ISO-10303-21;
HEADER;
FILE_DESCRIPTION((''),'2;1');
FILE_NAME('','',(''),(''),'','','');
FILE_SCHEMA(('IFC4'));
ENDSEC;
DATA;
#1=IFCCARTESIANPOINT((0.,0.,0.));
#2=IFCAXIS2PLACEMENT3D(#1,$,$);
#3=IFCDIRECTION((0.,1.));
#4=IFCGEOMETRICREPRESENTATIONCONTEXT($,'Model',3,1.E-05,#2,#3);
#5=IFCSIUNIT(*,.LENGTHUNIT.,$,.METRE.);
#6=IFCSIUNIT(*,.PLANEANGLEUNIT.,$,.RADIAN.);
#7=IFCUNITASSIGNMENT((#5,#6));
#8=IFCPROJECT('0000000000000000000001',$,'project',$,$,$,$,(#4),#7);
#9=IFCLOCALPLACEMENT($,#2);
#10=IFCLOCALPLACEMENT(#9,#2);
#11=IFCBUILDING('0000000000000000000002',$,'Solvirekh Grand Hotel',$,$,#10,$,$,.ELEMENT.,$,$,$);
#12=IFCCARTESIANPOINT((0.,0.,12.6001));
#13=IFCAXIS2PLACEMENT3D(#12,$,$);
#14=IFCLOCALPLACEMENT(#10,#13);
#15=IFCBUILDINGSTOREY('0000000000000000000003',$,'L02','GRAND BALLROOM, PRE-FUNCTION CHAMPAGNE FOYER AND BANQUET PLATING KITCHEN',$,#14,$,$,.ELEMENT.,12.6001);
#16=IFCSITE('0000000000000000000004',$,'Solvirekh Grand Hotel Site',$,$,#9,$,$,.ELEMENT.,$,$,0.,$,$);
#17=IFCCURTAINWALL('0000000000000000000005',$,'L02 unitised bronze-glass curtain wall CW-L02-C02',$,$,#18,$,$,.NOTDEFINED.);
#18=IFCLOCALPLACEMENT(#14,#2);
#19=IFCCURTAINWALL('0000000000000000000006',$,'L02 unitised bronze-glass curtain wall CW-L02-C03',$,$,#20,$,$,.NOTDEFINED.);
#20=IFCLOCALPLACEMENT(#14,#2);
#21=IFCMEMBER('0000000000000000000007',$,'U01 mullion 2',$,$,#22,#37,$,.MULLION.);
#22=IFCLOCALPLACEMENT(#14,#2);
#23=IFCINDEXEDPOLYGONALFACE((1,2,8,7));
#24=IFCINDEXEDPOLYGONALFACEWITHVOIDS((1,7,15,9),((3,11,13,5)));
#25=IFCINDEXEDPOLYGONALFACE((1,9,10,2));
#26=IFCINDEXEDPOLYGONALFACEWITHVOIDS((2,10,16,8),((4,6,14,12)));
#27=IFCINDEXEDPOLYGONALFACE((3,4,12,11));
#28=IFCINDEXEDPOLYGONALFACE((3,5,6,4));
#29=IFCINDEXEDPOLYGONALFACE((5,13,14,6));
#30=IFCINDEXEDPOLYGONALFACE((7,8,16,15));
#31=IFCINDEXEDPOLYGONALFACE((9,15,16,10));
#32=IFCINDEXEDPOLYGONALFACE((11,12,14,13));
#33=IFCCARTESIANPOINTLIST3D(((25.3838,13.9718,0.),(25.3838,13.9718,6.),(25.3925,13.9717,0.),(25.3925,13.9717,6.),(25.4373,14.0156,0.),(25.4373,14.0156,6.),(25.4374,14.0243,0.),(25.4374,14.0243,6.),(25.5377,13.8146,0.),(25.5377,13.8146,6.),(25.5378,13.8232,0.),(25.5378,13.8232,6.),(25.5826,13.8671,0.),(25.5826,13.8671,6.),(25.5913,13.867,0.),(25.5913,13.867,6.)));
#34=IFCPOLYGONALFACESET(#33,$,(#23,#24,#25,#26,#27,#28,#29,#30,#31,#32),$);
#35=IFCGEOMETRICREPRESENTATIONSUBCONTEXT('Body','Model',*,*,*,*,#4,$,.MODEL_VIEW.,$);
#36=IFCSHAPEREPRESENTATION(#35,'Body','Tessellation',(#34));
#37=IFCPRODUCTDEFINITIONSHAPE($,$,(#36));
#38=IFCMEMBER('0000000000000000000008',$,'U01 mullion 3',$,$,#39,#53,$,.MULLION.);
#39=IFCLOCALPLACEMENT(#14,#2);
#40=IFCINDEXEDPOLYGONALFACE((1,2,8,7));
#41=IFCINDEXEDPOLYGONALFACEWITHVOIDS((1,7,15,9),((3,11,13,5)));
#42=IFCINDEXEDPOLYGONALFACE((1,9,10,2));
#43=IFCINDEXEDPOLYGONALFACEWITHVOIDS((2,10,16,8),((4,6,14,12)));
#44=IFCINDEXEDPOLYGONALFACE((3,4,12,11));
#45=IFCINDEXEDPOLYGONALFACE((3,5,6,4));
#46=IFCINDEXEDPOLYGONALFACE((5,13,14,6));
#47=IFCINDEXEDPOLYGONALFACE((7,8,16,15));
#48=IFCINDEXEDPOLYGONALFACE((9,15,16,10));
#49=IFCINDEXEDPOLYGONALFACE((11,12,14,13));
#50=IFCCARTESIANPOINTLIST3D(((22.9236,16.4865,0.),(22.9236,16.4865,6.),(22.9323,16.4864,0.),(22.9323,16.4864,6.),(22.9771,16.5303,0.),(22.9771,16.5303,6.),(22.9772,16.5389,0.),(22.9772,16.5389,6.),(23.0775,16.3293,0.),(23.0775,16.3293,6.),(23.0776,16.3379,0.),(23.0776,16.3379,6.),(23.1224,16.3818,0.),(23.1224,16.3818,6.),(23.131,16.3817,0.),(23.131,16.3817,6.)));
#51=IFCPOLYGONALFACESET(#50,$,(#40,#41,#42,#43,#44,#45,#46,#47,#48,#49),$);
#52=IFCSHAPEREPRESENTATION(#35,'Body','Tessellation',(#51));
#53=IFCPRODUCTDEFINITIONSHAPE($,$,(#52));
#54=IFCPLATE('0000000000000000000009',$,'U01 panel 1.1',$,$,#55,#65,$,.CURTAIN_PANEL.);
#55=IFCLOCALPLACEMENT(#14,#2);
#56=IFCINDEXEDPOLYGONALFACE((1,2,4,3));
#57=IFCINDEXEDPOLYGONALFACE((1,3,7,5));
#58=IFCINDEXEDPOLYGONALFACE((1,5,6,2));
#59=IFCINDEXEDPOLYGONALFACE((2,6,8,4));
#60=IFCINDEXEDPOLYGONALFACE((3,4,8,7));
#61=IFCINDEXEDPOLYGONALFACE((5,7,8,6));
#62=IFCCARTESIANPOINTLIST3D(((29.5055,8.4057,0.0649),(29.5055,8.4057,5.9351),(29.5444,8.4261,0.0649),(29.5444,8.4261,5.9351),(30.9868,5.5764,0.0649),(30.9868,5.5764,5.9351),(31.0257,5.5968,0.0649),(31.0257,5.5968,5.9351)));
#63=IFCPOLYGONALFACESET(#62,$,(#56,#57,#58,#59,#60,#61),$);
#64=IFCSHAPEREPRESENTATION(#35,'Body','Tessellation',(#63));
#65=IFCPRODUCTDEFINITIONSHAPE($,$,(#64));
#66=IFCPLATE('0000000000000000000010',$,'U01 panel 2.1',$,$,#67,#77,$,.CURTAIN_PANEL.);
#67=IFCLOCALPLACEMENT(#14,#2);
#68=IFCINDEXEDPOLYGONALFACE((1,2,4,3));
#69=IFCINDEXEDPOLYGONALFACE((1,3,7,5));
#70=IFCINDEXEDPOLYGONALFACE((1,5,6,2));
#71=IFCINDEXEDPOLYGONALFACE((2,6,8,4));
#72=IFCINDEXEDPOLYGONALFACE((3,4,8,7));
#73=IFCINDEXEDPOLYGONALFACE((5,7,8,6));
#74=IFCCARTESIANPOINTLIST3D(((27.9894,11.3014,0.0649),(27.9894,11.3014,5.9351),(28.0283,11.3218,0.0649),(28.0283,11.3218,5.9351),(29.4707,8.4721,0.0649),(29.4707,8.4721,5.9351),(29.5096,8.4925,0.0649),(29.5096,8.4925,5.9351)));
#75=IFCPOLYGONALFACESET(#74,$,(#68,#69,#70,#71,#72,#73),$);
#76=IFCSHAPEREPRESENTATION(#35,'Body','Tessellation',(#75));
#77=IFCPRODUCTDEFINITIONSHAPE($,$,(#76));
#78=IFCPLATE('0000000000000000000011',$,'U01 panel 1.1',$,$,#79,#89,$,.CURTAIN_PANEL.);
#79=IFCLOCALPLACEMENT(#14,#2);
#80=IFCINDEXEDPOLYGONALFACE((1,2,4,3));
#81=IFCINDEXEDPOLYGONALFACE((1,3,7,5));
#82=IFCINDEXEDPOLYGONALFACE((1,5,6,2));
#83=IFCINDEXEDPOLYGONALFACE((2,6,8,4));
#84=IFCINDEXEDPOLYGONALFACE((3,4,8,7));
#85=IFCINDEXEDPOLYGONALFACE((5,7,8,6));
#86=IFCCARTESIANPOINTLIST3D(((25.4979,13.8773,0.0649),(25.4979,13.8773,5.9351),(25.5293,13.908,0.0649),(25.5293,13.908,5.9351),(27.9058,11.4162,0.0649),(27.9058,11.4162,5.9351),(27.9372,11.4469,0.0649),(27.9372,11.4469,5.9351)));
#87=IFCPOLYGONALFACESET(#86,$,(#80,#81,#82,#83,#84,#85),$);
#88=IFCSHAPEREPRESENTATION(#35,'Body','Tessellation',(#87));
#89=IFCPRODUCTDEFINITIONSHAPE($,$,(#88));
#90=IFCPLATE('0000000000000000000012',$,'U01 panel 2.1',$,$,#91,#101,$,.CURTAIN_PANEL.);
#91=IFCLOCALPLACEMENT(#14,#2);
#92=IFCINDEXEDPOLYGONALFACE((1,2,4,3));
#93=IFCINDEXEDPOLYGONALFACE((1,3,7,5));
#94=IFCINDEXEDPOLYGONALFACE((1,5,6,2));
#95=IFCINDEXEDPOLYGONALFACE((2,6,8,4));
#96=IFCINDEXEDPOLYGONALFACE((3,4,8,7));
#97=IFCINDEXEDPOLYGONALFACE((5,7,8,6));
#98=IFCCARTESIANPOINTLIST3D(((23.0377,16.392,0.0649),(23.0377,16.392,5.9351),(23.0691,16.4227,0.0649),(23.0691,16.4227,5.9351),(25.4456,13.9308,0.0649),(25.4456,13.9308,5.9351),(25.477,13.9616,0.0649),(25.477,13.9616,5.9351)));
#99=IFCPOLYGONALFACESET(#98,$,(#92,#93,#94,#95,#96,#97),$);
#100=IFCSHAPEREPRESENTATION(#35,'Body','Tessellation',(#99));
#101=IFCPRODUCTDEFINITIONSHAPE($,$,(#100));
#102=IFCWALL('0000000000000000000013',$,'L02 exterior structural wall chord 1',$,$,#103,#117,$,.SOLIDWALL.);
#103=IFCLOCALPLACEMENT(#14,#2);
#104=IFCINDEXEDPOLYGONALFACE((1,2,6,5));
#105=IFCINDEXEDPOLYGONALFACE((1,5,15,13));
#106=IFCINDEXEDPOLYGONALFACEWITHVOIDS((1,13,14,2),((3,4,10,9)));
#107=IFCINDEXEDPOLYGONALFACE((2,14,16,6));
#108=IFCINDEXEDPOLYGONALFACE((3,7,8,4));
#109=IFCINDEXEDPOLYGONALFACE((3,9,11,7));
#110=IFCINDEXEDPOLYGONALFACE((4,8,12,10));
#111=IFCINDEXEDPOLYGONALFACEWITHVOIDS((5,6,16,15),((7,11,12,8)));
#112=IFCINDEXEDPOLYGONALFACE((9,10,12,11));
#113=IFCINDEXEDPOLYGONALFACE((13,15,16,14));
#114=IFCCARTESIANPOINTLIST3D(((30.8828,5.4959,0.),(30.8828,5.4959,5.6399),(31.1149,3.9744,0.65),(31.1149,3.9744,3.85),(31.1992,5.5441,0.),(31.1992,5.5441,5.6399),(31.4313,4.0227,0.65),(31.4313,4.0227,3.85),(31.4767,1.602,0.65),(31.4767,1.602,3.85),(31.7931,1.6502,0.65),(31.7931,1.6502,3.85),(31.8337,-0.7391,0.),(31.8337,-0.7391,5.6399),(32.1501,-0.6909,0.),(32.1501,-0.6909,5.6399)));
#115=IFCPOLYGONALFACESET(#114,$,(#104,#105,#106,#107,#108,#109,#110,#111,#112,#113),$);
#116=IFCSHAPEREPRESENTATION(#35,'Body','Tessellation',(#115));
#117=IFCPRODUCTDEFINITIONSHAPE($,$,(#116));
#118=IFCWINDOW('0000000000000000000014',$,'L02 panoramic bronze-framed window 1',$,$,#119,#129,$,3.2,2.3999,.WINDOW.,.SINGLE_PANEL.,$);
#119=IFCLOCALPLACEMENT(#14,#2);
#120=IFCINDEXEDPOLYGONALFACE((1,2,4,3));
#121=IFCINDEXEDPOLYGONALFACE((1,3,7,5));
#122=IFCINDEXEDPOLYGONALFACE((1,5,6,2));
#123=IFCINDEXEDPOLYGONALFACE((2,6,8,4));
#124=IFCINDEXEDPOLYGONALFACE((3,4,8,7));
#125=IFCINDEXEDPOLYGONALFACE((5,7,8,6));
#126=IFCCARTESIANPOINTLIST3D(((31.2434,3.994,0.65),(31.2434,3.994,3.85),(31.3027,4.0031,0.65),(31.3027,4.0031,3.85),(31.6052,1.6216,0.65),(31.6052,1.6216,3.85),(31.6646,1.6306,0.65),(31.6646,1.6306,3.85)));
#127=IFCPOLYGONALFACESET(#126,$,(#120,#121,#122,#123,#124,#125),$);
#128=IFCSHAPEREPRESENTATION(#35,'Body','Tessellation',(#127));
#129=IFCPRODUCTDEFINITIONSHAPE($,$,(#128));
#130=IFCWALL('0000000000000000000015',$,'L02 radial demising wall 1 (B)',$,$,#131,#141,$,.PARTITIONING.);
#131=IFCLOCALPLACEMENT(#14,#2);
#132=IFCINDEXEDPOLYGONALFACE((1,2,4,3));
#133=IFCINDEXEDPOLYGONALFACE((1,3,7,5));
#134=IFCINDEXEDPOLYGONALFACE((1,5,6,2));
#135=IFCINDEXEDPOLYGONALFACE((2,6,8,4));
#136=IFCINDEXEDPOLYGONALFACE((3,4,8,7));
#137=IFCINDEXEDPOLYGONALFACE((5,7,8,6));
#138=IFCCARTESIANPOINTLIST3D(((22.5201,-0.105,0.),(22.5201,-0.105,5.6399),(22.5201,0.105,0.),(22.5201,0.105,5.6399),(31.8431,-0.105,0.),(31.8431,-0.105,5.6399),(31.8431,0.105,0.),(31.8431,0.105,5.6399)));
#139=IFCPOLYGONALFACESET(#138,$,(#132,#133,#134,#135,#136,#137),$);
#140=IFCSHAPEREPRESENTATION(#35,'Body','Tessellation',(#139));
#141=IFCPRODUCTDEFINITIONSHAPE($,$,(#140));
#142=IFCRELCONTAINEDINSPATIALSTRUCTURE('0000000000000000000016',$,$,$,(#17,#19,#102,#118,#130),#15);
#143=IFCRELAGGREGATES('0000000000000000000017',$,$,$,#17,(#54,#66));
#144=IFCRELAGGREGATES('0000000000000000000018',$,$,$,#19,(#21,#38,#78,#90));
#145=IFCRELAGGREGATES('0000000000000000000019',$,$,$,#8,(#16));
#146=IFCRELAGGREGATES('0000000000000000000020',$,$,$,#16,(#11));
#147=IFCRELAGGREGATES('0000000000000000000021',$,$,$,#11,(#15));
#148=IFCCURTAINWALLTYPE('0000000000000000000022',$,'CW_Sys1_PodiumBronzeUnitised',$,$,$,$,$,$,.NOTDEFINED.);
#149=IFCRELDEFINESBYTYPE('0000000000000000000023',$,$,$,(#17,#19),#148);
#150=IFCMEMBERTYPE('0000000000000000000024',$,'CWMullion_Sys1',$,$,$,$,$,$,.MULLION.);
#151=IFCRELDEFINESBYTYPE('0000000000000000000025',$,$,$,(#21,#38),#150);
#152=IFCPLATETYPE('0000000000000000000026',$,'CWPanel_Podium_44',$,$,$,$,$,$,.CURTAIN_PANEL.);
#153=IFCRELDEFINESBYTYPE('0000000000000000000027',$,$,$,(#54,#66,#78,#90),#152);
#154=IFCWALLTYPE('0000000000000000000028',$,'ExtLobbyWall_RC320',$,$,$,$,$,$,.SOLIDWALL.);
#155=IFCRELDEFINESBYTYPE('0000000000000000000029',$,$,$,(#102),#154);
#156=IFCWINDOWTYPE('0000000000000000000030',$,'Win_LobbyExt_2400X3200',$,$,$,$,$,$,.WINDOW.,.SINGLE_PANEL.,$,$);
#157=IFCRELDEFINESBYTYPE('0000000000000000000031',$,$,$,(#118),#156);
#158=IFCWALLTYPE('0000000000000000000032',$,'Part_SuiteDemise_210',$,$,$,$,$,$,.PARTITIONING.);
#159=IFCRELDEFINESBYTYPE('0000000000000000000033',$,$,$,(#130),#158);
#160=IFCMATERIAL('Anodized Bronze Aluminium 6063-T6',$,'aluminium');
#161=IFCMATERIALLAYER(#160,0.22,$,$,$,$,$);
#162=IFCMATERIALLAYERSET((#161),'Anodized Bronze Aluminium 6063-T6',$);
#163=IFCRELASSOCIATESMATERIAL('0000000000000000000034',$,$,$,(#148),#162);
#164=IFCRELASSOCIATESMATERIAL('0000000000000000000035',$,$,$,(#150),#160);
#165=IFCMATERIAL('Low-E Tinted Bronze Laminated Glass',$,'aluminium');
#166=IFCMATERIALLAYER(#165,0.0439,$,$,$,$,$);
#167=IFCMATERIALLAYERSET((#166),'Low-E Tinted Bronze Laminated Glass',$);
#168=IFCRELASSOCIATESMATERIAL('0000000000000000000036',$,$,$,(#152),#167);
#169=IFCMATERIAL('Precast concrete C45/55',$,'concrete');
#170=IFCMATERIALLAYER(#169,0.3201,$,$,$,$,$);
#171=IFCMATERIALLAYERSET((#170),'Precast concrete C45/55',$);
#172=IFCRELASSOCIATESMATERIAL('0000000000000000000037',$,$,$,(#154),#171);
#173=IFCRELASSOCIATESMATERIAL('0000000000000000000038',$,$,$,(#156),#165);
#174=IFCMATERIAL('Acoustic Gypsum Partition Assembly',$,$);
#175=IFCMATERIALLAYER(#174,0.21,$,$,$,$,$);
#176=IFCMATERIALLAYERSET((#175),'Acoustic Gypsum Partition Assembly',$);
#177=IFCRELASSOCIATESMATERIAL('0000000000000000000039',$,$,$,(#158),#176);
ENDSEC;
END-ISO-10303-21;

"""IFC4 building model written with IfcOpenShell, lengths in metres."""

from ifc_helpers import new_model, si_unit, direction, frame, frame_2d, origin, origin_2d, place, context, subcontext, project, spatial, rectangle, hollow_rectangle, extrude, source, transform, mapped, material, layer, layer_set, material_profile, profile_set, type_object, element, fill, aggregate, save


model = new_model("IFC4")

# Units and contexts
model_context = context("Model", 3, precision=1e-05, world=origin(), true_north=direction((0.0, 1.0)))
body_context = subcontext(model_context, "Body", "Model", "MODEL_VIEW")
ifc_project = project(units=[si_unit("LENGTHUNIT", "METRE"), si_unit("PLANEANGLEUNIT", "RADIAN")], contexts=[model_context])

# Site, building, storey
site_placement = place(None, origin())
site = spatial("IfcSite", under=ifc_project, at=site_placement, Name="Solvirekh Grand Hotel Site", CompositionType="ELEMENT", RefElevation=0.0)
building_placement = place(site_placement, origin())
building = spatial("IfcBuilding", under=site, at=building_placement, Name="Solvirekh Grand Hotel", CompositionType="ELEMENT")
storey_placement = place(building_placement, frame((0.0, 0.0, 12.6001)))
storey = spatial("IfcBuildingStorey", under=building, at=storey_placement, Name="L02", Description="GRAND BALLROOM, PRE-FUNCTION CHAMPAGNE FOYER AND BANQUET PLATING KITCHEN", CompositionType="ELEMENT", Elevation=12.6001)

# Curtain walls
ifc_material_1 = material(Name="Anodized Bronze Aluminium 6063-T6", Category="aluminium")
ifc_layer_1 = layer(ifc_material_1, 0.22)
ifc_layer_set_1 = layer_set([ifc_layer_1], Name="Anodized Bronze Aluminium 6063-T6")
curtain_wall_type = type_object("IfcCurtainWallType", Name="CW_Sys1_PodiumBronzeUnitised", PredefinedType="NOTDEFINED", material=ifc_layer_set_1)
curtain_wall_1_placement = place(storey_placement, origin())
curtain_wall_1 = element("IfcCurtainWall", 1, at=curtain_wall_1_placement, inside=storey, type_object=curtain_wall_type, Name="L02 unitised bronze-glass curtain wall CW-L02-C02", PredefinedType="NOTDEFINED")
curtain_wall_2_placement = place(storey_placement, origin())
curtain_wall_2 = element("IfcCurtainWall", 2, at=curtain_wall_2_placement, inside=storey, type_object=curtain_wall_type, Name="L02 unitised bronze-glass curtain wall CW-L02-C03", PredefinedType="NOTDEFINED")

# Members
ifc_material_profile_1 = material_profile(ifc_material_1, hollow_rectangle(XDim=0.075, YDim=0.22, WallThickness=0.0061, at=origin_2d()), Name="ALU RHS 220X75X6")
ifc_profile_set_1 = profile_set([ifc_material_profile_1], Name="Anodized Bronze Aluminium 6063-T6")
member_type_1 = type_object("IfcMemberType", Name="CWMullion_Sys1", PredefinedType="MULLION", material=ifc_profile_set_1)
shared_shape_1 = source(origin(), body_context, "Body", "SweptSolid", [
    extrude(hollow_rectangle(XDim=0.075, YDim=0.22, WallThickness=0.0061, at=origin_2d()), origin(), (0.0, 0.0, 1.0), 6.0),
])
member_1_placement = place(storey_placement, frame((25.4875, 13.9194, 0.0), z_axis=(0.0, 0.0, 1.0), x_axis=(-0.714799, -0.69933, 0.0)))
member_1 = element("IfcMember", 3, at=member_1_placement, type_object=member_type_1, Name="U01 mullion 2", PredefinedType="MULLION", context=body_context, shape_type="MappedRepresentation", body=[
    mapped(shared_shape_1, transform((0.0, 0.0, 0.0), x_axis=(1.0, 0.0, 0.0), y_axis=(0.0, 1.0, 0.0), z_axis=(0.0, 0.0, 1.0), scale=1.0)),
])
member_2_placement = place(storey_placement, frame((23.0273, 16.4341, 0.0), z_axis=(0.0, 0.0, 1.0), x_axis=(-0.714799, -0.69933, 0.0)))
member_2 = element("IfcMember", 4, at=member_2_placement, type_object=member_type_1, Name="U01 mullion 3", PredefinedType="MULLION", context=body_context, shape_type="MappedRepresentation", body=[
    mapped(shared_shape_1, transform((0.0, 0.0, 0.0), x_axis=(1.0, 0.0, 0.0), y_axis=(0.0, 1.0, 0.0), z_axis=(0.0, 0.0, 1.0), scale=1.0)),
])

# Plates
ifc_material_2 = material(Name="Low-E Tinted Bronze Laminated Glass", Category="aluminium")
ifc_layer_2 = layer(ifc_material_2, 0.0439)
ifc_layer_set_2 = layer_set([ifc_layer_2], Name="Low-E Tinted Bronze Laminated Glass")
plate_type = type_object("IfcPlateType", Name="CWPanel_Podium_44", PredefinedType="CURTAIN_PANEL", material=ifc_layer_set_2)
shared_shape_2 = source(origin(), body_context, "Body", "SweptSolid", [
    extrude(rectangle(XDim=3.1936, YDim=0.0439, at=origin_2d()), origin(), (0.0, 0.0, 1.0), 5.8701),
])
plate_1_placement = place(storey_placement, frame((30.2656, 7.0012, 0.0649), z_axis=(0.0, 0.0, 1.0), x_axis=(-0.463832, 0.885923, 0.0)))
plate_1 = element("IfcPlate", 5, at=plate_1_placement, type_object=plate_type, Name="U01 panel 1.1", PredefinedType="CURTAIN_PANEL", context=body_context, shape_type="MappedRepresentation", body=[
    mapped(shared_shape_2, transform((0.0, 0.0, 0.0), x_axis=(1.0, 0.0, 0.0), y_axis=(0.0, 1.0, 0.0), z_axis=(0.0, 0.0, 1.0), scale=1.0)),
])
plate_2_placement = place(storey_placement, frame((28.7495, 9.897, 0.0649), z_axis=(0.0, 0.0, 1.0), x_axis=(-0.463832, 0.885923, 0.0)))
plate_2 = element("IfcPlate", 6, at=plate_2_placement, type_object=plate_type, Name="U01 panel 2.1", PredefinedType="CURTAIN_PANEL", context=body_context, shape_type="MappedRepresentation", body=[
    mapped(shared_shape_2, transform((0.0, 0.0, 0.0), x_axis=(1.0, 0.0, 0.0), y_axis=(0.0, 1.0, 0.0), z_axis=(0.0, 0.0, 1.0), scale=1.0)),
])
aggregate(curtain_wall_1, [plate_1, plate_2])
shared_shape_3 = source(origin(), body_context, "Body", "SweptSolid", [
    extrude(rectangle(XDim=3.4431, YDim=0.0439, at=origin_2d()), origin(), (0.0, 0.0, 1.0), 5.8701),
])
plate_3_placement = place(storey_placement, frame((26.7175, 12.6621, 0.0649), z_axis=(0.0, 0.0, 1.0), x_axis=(-0.69933, 0.714799, 0.0)))
plate_3 = element("IfcPlate", 7, at=plate_3_placement, type_object=plate_type, Name="U01 panel 1.1", PredefinedType="CURTAIN_PANEL", context=body_context, shape_type="MappedRepresentation", body=[
    mapped(shared_shape_3, transform((0.0, 0.0, 0.0), x_axis=(1.0, 0.0, 0.0), y_axis=(0.0, 1.0, 0.0), z_axis=(0.0, 0.0, 1.0), scale=1.0)),
])
plate_4_placement = place(storey_placement, frame((24.2573, 15.1768, 0.0649), z_axis=(0.0, 0.0, 1.0), x_axis=(-0.69933, 0.714799, 0.0)))
plate_4 = element("IfcPlate", 8, at=plate_4_placement, type_object=plate_type, Name="U01 panel 2.1", PredefinedType="CURTAIN_PANEL", context=body_context, shape_type="MappedRepresentation", body=[
    mapped(shared_shape_3, transform((0.0, 0.0, 0.0), x_axis=(1.0, 0.0, 0.0), y_axis=(0.0, 1.0, 0.0), z_axis=(0.0, 0.0, 1.0), scale=1.0)),
])
aggregate(curtain_wall_2, [member_1, member_2, plate_3, plate_4])

# Wall, opening, window
ifc_material_3 = material(Name="Precast concrete C45/55", Category="concrete")
ifc_layer_3 = layer(ifc_material_3, 0.3201)
ifc_layer_set_3 = layer_set([ifc_layer_3], Name="Precast concrete C45/55")
wall_type_1 = type_object("IfcWallType", Name="ExtLobbyWall_RC320", PredefinedType="SOLIDWALL", material=ifc_layer_set_3)
wall_1_placement = place(storey_placement, frame((31.041, 5.52, 0.0), z_axis=(0.0, 0.0, 1.0), x_axis=(0.150768, -0.988569, 0.0)))
wall_1 = element("IfcWall", 9, at=wall_1_placement, inside=storey, type_object=wall_type_1, Name="L02 exterior structural wall chord 1", PredefinedType="SOLIDWALL", context=body_context, shape_type="SweptSolid", body=[
    extrude(rectangle(XDim=6.3071, YDim=0.3201, at=frame_2d((3.1536, 0.0))), origin(), (0.0, 0.0, 1.0), 5.6399),
])
opening_placement = place(wall_1_placement, frame((1.5391, 0.0, 0.6499)))
opening = element("IfcOpeningElement", 10, at=opening_placement, cuts=wall_1, PredefinedType="OPENING", context=body_context, shape_type="SweptSolid", body=[
    extrude(rectangle(XDim=2.3999, YDim=3.2, at=frame_2d((1.2, 1.6001))), frame((0.0, 0.1699, 0.0), z_axis=(0.0, -1.0, 0.0), x_axis=(1.0, 0.0, 0.0)), (0.0, 0.0, 1.0), 0.3401),
])
window_type = type_object("IfcWindowType", Name="Win_LobbyExt_2400X3200", PartitioningType="SINGLE_PANEL", PredefinedType="WINDOW", material=ifc_material_2)
window_placement = place(opening_placement, origin())
window = element("IfcWindow", 11, at=window_placement, inside=storey, type_object=window_type, Name="L02 panoramic bronze-framed window 1", OverallHeight=3.2, OverallWidth=2.3999, PartitioningType="SINGLE_PANEL", PredefinedType="WINDOW", context=body_context, shape_type="SweptSolid", body=[
    extrude(rectangle(XDim=2.3999, YDim=3.2, at=frame_2d((1.2, 1.6001))), frame((0.0, 0.03, 0.0), z_axis=(0.0, -1.0, 0.0), x_axis=(1.0, 0.0, 0.0)), (0.0, 0.0, 1.0), 0.0601),
])
fill(opening, window)

# Wall
ifc_material_4 = material(Name="Acoustic Gypsum Partition Assembly")
ifc_layer_4 = layer(ifc_material_4, 0.21)
ifc_layer_set_4 = layer_set([ifc_layer_4], Name="Acoustic Gypsum Partition Assembly")
wall_type_2 = type_object("IfcWallType", Name="Part_SuiteDemise_210", PredefinedType="PARTITIONING", material=ifc_layer_set_4)
wall_2_placement = place(storey_placement, frame((22.52, 0.0, 0.0), z_axis=(0.0, 0.0, 1.0), x_axis=(1.0, 0.0, 0.0)))
element("IfcWall", 12, at=wall_2_placement, inside=storey, type_object=wall_type_2, Name="L02 radial demising wall 1 (B)", PredefinedType="PARTITIONING", context=body_context, shape_type="SweptSolid", body=[
    extrude(rectangle(XDim=9.323, YDim=0.21, at=frame_2d((4.6616, 0.0))), origin(), (0.0, 0.0, 1.0), 5.6399),
])

save(model, "model.ifc")
